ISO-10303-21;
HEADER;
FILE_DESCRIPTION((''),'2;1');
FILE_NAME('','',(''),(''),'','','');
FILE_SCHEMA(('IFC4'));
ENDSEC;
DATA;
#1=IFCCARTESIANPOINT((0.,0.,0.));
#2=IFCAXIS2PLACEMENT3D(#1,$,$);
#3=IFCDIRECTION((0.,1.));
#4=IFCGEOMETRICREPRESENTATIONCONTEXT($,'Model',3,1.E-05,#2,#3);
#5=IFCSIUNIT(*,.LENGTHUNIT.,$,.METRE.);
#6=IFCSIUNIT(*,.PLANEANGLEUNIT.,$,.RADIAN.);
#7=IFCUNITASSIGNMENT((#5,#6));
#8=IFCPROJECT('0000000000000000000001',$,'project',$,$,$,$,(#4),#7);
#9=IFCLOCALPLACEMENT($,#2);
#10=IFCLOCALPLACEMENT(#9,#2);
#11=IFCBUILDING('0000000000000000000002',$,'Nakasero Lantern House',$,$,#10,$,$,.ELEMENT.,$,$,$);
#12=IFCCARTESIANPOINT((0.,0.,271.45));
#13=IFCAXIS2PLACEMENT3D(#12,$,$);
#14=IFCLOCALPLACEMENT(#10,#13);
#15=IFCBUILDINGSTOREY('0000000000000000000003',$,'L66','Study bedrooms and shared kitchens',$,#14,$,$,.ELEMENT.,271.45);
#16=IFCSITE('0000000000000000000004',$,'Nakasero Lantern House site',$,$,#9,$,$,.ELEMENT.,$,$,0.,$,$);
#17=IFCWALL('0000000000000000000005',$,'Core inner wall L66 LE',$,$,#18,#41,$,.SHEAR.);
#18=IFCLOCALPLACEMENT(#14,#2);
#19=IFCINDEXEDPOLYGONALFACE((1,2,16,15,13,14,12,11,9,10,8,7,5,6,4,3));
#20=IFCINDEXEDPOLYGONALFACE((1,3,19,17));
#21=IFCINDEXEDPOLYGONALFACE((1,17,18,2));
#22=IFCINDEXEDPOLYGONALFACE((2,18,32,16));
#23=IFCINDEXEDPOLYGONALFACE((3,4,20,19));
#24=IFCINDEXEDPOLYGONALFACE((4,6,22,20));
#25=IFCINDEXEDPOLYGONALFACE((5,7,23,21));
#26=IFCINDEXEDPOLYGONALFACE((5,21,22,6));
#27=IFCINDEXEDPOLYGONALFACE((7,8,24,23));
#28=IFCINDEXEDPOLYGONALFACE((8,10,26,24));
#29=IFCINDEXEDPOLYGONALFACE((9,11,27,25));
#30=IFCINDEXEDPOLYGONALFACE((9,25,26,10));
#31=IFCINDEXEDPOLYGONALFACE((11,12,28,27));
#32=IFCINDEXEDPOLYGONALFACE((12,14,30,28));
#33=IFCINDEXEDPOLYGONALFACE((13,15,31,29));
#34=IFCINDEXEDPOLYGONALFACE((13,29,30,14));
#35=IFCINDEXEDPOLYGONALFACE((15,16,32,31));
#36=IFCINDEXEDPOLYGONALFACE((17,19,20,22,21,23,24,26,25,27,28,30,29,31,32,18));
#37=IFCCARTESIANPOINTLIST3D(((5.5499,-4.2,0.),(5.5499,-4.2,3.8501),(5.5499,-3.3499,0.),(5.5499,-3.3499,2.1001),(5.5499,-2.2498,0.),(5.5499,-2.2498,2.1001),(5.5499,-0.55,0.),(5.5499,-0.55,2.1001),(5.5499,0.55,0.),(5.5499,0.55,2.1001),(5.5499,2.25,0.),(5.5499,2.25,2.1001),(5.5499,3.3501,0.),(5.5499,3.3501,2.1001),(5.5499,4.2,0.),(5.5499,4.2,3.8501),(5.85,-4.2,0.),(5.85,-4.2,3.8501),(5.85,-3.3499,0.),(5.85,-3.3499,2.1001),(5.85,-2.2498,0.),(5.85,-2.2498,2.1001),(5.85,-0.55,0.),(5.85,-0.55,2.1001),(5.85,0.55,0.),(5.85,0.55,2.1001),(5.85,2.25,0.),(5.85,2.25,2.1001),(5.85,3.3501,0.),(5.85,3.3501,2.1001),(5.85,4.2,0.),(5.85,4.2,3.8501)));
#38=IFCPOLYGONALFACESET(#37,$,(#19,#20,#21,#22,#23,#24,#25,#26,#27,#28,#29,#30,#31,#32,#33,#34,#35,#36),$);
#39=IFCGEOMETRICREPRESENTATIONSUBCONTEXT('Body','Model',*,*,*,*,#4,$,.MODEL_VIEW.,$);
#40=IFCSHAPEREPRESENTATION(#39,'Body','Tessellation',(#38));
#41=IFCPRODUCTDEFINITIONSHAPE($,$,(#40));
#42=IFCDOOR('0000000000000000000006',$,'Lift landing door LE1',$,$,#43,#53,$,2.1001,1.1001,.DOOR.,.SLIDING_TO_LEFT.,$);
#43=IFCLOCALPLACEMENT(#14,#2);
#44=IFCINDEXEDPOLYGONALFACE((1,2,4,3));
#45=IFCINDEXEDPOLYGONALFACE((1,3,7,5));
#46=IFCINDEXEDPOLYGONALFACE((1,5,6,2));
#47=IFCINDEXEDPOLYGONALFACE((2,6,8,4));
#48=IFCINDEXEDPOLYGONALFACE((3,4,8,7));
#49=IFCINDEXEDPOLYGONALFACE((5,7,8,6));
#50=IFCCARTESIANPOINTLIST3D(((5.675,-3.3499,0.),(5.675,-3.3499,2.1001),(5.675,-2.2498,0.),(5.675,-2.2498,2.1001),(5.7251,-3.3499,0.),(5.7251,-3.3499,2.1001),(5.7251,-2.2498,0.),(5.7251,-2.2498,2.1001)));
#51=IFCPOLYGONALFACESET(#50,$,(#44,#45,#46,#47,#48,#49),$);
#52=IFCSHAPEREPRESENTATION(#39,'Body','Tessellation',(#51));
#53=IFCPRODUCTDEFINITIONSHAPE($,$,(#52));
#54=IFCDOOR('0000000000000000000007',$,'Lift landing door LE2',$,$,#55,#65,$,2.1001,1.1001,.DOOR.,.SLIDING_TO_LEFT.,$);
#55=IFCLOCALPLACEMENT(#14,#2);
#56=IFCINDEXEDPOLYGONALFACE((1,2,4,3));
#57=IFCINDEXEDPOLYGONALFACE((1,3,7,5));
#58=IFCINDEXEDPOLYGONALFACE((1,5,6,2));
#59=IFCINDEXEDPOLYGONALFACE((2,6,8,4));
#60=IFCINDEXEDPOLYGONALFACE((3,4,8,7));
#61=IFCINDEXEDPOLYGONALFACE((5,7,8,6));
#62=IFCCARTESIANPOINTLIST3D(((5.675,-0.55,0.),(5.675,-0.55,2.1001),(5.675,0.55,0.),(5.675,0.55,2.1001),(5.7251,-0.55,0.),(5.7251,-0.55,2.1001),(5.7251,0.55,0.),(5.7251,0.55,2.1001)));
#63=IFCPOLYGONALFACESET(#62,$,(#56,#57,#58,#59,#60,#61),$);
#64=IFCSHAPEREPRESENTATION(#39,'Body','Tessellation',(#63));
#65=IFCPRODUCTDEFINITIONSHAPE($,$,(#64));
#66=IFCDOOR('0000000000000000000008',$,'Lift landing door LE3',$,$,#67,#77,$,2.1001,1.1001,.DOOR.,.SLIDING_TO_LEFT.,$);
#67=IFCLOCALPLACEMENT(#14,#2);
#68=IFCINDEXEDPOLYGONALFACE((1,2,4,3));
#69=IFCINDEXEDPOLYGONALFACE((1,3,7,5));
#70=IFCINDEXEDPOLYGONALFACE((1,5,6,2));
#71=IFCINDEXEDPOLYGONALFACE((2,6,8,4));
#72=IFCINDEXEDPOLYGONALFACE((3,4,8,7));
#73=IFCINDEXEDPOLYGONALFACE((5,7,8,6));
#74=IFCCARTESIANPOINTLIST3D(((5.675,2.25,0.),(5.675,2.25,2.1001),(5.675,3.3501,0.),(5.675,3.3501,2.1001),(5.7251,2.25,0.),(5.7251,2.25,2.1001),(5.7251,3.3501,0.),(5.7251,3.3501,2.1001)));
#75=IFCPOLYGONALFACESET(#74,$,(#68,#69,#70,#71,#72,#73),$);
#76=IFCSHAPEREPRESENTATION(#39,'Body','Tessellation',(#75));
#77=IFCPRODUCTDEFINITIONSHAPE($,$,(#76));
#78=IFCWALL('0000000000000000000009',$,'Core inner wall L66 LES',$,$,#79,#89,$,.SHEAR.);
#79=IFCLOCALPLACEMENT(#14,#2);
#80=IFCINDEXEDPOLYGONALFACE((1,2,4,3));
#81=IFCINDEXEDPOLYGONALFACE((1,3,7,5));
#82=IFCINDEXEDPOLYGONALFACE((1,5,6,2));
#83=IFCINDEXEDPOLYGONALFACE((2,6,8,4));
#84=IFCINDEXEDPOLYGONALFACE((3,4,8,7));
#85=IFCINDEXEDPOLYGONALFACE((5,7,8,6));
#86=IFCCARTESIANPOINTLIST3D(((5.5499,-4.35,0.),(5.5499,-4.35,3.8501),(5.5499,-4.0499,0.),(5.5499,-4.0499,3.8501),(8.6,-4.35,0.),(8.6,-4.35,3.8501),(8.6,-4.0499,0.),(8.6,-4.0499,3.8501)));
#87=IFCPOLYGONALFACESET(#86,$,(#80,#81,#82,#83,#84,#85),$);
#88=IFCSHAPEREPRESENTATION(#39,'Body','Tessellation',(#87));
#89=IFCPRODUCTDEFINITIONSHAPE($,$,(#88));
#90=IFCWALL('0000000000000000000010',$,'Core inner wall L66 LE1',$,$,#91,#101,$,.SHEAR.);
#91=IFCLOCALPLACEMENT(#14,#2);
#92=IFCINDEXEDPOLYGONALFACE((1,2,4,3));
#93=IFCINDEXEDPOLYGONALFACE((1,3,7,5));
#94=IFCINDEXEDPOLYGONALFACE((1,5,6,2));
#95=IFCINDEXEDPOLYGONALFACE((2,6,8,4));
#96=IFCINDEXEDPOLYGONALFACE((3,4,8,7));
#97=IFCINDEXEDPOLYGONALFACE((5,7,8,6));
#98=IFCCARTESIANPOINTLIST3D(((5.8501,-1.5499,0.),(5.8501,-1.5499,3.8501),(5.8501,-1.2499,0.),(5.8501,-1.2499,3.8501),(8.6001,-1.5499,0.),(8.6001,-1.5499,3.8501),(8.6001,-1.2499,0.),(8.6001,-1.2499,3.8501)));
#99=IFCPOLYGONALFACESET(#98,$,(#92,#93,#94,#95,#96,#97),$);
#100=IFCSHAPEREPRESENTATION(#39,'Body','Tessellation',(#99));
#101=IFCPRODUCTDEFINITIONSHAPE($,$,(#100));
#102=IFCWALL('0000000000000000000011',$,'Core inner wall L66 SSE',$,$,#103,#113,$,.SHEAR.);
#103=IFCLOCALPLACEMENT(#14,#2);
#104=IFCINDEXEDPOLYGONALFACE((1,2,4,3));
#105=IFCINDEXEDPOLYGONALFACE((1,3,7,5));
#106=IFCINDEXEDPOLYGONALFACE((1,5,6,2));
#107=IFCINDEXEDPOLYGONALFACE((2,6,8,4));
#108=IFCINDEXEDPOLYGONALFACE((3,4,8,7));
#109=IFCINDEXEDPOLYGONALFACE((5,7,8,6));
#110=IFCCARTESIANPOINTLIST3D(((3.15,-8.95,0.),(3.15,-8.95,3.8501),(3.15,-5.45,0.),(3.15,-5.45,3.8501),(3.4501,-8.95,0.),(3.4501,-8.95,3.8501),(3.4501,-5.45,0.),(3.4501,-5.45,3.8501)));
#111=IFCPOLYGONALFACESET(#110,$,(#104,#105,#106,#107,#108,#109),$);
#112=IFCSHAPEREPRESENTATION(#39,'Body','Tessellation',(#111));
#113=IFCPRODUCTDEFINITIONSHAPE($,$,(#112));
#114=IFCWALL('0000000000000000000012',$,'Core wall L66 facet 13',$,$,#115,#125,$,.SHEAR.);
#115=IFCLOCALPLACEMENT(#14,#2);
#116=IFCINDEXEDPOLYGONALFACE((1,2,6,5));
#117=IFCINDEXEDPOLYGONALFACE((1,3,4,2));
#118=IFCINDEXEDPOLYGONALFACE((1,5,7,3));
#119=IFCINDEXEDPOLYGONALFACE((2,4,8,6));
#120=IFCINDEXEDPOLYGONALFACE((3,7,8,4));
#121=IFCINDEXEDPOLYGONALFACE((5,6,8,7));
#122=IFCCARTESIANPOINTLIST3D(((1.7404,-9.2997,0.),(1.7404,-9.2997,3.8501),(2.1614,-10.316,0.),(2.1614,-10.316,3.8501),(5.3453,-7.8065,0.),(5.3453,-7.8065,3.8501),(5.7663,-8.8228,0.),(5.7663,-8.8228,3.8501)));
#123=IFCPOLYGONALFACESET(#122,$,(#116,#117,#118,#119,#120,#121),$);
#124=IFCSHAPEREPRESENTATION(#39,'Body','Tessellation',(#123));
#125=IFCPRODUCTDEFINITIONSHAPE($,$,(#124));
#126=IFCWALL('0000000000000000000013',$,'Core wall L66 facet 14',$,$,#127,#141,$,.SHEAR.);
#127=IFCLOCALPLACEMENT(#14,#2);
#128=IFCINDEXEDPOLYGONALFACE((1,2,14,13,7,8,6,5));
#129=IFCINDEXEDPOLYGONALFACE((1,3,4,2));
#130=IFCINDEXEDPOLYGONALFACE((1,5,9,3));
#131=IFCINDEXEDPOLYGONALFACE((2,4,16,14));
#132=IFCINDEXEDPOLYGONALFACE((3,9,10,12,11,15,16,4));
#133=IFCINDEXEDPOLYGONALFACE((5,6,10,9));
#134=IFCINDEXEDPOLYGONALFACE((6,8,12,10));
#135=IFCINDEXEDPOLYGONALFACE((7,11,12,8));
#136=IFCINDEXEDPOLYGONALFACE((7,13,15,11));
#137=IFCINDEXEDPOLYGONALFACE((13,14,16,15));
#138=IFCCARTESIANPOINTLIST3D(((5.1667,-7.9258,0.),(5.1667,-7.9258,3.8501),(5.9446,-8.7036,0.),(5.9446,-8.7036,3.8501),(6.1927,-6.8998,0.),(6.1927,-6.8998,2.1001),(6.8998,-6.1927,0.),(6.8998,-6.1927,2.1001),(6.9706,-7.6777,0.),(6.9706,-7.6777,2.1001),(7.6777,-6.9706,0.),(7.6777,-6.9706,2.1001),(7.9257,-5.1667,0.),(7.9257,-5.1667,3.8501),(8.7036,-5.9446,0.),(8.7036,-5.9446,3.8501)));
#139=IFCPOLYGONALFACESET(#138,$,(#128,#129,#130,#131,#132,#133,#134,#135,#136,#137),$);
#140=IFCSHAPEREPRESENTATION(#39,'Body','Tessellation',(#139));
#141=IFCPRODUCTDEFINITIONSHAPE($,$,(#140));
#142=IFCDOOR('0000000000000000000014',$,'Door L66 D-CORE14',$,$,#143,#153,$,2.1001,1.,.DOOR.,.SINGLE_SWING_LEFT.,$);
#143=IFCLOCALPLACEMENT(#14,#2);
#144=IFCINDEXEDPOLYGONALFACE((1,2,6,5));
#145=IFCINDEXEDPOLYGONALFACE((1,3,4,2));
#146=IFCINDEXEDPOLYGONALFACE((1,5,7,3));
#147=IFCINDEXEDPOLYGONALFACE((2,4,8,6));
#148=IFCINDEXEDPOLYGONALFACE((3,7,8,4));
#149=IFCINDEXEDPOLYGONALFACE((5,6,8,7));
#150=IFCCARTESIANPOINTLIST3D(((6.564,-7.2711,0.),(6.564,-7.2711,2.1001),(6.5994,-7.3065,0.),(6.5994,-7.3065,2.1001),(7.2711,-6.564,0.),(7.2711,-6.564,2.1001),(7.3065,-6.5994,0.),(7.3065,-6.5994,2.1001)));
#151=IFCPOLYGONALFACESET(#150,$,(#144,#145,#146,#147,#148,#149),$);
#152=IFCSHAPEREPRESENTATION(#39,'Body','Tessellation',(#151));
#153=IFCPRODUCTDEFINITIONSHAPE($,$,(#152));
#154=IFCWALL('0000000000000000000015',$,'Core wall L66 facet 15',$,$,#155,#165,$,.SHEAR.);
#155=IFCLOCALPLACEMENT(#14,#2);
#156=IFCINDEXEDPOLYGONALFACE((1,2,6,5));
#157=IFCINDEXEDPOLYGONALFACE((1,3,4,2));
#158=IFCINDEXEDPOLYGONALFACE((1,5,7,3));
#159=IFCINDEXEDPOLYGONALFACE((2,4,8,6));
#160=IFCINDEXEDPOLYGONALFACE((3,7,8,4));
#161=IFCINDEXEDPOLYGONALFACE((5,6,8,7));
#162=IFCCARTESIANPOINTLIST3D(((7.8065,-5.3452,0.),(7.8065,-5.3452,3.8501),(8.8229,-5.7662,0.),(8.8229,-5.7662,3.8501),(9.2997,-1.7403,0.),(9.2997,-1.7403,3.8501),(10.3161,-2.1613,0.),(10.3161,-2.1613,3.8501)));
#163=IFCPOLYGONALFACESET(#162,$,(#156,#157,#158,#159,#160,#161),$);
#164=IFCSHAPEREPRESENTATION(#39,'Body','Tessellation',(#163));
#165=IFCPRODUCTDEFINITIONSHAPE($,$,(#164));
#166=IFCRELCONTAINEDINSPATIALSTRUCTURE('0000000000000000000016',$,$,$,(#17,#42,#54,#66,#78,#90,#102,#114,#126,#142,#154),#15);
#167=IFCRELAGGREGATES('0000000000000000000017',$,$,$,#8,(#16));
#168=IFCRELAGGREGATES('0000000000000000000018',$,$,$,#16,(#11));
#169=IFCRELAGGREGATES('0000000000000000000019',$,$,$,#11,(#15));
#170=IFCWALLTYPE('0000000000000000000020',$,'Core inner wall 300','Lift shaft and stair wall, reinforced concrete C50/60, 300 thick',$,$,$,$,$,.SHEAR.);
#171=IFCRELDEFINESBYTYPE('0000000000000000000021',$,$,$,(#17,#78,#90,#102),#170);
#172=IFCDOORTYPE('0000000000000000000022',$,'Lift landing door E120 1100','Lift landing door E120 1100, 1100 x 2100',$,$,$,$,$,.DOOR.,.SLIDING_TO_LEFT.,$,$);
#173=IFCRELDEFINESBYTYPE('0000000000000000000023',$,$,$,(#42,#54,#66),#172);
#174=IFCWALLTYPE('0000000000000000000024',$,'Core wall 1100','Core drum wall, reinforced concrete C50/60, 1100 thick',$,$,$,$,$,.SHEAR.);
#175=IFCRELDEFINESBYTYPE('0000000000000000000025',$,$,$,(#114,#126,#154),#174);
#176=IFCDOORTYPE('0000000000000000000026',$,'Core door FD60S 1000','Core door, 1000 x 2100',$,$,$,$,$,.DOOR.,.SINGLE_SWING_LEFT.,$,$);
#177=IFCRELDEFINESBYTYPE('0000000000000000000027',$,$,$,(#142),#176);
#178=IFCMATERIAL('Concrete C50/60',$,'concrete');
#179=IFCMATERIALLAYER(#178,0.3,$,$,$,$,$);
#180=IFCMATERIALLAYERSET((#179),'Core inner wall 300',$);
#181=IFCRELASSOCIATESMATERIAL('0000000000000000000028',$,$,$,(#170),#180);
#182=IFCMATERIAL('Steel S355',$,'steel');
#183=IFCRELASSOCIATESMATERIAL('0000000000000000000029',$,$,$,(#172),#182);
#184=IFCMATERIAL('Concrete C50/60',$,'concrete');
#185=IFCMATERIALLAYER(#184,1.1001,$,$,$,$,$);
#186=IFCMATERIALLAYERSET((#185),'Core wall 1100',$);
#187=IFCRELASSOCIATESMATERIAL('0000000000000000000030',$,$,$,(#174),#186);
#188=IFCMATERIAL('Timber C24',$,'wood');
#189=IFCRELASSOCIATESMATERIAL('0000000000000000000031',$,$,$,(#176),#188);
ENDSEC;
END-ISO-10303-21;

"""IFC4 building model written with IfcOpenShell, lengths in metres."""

from ifc_helpers import new_model, si_unit, direction, frame, frame_2d, origin, place, context, subcontext, project, spatial, rectangle, extrude, material, layer, layer_set, type_object, element, fill, save


model = new_model("IFC4")

# Units and contexts
model_context = context("Model", 3, precision=1e-05, world=origin(), true_north=direction((0.0, 1.0)))
body_context = subcontext(model_context, "Body", "Model", "MODEL_VIEW")
ifc_project = project(units=[si_unit("LENGTHUNIT", "METRE"), si_unit("PLANEANGLEUNIT", "RADIAN")], contexts=[model_context])

# Site, building, storey
site_placement = place(None, origin())
site = spatial("IfcSite", under=ifc_project, at=site_placement, Name="Nakasero Lantern House site", CompositionType="ELEMENT", RefElevation=0.0)
building_placement = place(site_placement, origin())
building = spatial("IfcBuilding", under=site, at=building_placement, Name="Nakasero Lantern House", CompositionType="ELEMENT")
storey_placement = place(building_placement, frame((0.0, 0.0, 271.45)))
storey = spatial("IfcBuildingStorey", under=building, at=storey_placement, Name="L66", Description="Study bedrooms and shared kitchens", CompositionType="ELEMENT", Elevation=271.45)

# Wall, openings, doors
ifc_material_1 = material(Name="Concrete C50/60", Category="concrete")
ifc_layer_1 = layer(ifc_material_1, 0.3)
ifc_layer_set_1 = layer_set([ifc_layer_1], Name="Core inner wall 300")
wall_type_1 = type_object("IfcWallType", Name="Core inner wall 300", Description="Lift shaft and stair wall, reinforced concrete C50/60, 300 thick", PredefinedType="SHEAR", material=ifc_layer_set_1)
wall_1_placement = place(storey_placement, frame((5.7, -4.2, 0.0), z_axis=(0.0, 0.0, 1.0), x_axis=(0.0, 1.0, 0.0)))
wall_1 = element("IfcWall", 1, at=wall_1_placement, inside=storey, type_object=wall_type_1, Name="Core inner wall L66 LE", PredefinedType="SHEAR", context=body_context, shape_type="SweptSolid", body=[
    extrude(rectangle(XDim=8.3999, YDim=0.3, at=frame_2d((4.2, 0.0))), origin(), (0.0, 0.0, 1.0), 3.8501),
])
opening_1_placement = place(wall_1_placement, frame((0.8501, 0.0, 0.0)))
opening_1 = element("IfcOpeningElement", 2, at=opening_1_placement, cuts=wall_1, PredefinedType="OPENING", context=body_context, shape_type="SweptSolid", body=[
    extrude(rectangle(XDim=1.1001, YDim=2.1001, at=frame_2d((0.55, 1.05))), frame((0.0, 0.1699, 0.0), z_axis=(0.0, -1.0, 0.0), x_axis=(1.0, 0.0, 0.0)), (0.0, 0.0, 1.0), 0.3401),
])
opening_2_placement = place(wall_1_placement, frame((3.6499, 0.0, 0.0)))
opening_2 = element("IfcOpeningElement", 3, at=opening_2_placement, cuts=wall_1, PredefinedType="OPENING", context=body_context, shape_type="SweptSolid", body=[
    extrude(rectangle(XDim=1.1001, YDim=2.1001, at=frame_2d((0.55, 1.05))), frame((0.0, 0.1699, 0.0), z_axis=(0.0, -1.0, 0.0), x_axis=(1.0, 0.0, 0.0)), (0.0, 0.0, 1.0), 0.3401),
])
opening_3_placement = place(wall_1_placement, frame((6.45, 0.0, 0.0)))
opening_3 = element("IfcOpeningElement", 4, at=opening_3_placement, cuts=wall_1, PredefinedType="OPENING", context=body_context, shape_type="SweptSolid", body=[
    extrude(rectangle(XDim=1.1001, YDim=2.1001, at=frame_2d((0.55, 1.05))), frame((0.0, 0.1699, 0.0), z_axis=(0.0, -1.0, 0.0), x_axis=(1.0, 0.0, 0.0)), (0.0, 0.0, 1.0), 0.3401),
])
ifc_material_2 = material(Name="Steel S355", Category="steel")
door_type_1 = type_object("IfcDoorType", Name="Lift landing door E120 1100", Description="Lift landing door E120 1100, 1100 x 2100", OperationType="SLIDING_TO_LEFT", PredefinedType="DOOR", material=ifc_material_2)
door_1_placement = place(opening_1_placement, origin())
door_1 = element("IfcDoor", 5, at=door_1_placement, inside=storey, type_object=door_type_1, Name="Lift landing door LE1", OperationType="SLIDING_TO_LEFT", OverallHeight=2.1001, OverallWidth=1.1001, PredefinedType="DOOR", context=body_context, shape_type="SweptSolid", body=[
    extrude(rectangle(XDim=1.1001, YDim=2.1001, at=frame_2d((0.55, 1.05))), frame((0.0, 0.0249, 0.0), z_axis=(0.0, -1.0, 0.0), x_axis=(1.0, 0.0, 0.0)), (0.0, 0.0, 1.0), 0.05),
])
fill(opening_1, door_1)
door_2_placement = place(opening_2_placement, origin())
door_2 = element("IfcDoor", 6, at=door_2_placement, inside=storey, type_object=door_type_1, Name="Lift landing door LE2", OperationType="SLIDING_TO_LEFT", OverallHeight=2.1001, OverallWidth=1.1001, PredefinedType="DOOR", context=body_context, shape_type="SweptSolid", body=[
    extrude(rectangle(XDim=1.1001, YDim=2.1001, at=frame_2d((0.55, 1.05))), frame((0.0, 0.0249, 0.0), z_axis=(0.0, -1.0, 0.0), x_axis=(1.0, 0.0, 0.0)), (0.0, 0.0, 1.0), 0.05),
])
fill(opening_2, door_2)
door_3_placement = place(opening_3_placement, origin())
door_3 = element("IfcDoor", 7, at=door_3_placement, inside=storey, type_object=door_type_1, Name="Lift landing door LE3", OperationType="SLIDING_TO_LEFT", OverallHeight=2.1001, OverallWidth=1.1001, PredefinedType="DOOR", context=body_context, shape_type="SweptSolid", body=[
    extrude(rectangle(XDim=1.1001, YDim=2.1001, at=frame_2d((0.55, 1.05))), frame((0.0, 0.0249, 0.0), z_axis=(0.0, -1.0, 0.0), x_axis=(1.0, 0.0, 0.0)), (0.0, 0.0, 1.0), 0.05),
])
fill(opening_3, door_3)

# Walls
wall_2_placement = place(storey_placement, frame((5.55, -4.2, 0.0), z_axis=(0.0, 0.0, 1.0), x_axis=(1.0, 0.0, 0.0)))
element("IfcWall", 8, at=wall_2_placement, inside=storey, type_object=wall_type_1, Name="Core inner wall L66 LES", PredefinedType="SHEAR", context=body_context, shape_type="SweptSolid", body=[
    extrude(rectangle(XDim=3.05, YDim=0.3, at=frame_2d((1.5249, 0.0))), origin(), (0.0, 0.0, 1.0), 3.8501),
])
wall_3_placement = place(storey_placement, frame((5.8501, -1.3999, 0.0), z_axis=(0.0, 0.0, 1.0), x_axis=(1.0, 0.0, 0.0)))
element("IfcWall", 9, at=wall_3_placement, inside=storey, type_object=wall_type_1, Name="Core inner wall L66 LE1", PredefinedType="SHEAR", context=body_context, shape_type="SweptSolid", body=[
    extrude(rectangle(XDim=2.75, YDim=0.3, at=frame_2d((1.375, 0.0))), origin(), (0.0, 0.0, 1.0), 3.8501),
])
wall_4_placement = place(storey_placement, frame((3.3, -5.45, 0.0), z_axis=(0.0, 0.0, 1.0), x_axis=(0.0, -1.0, 0.0)))
element("IfcWall", 10, at=wall_4_placement, inside=storey, type_object=wall_type_1, Name="Core inner wall L66 SSE", PredefinedType="SHEAR", context=body_context, shape_type="SweptSolid", body=[
    extrude(rectangle(XDim=3.5, YDim=0.3, at=frame_2d((1.75, 0.0))), origin(), (0.0, 0.0, 1.0), 3.8501),
])
ifc_material_3 = material(Name="Concrete C50/60", Category="concrete")
ifc_layer_2 = layer(ifc_material_3, 1.1001)
ifc_layer_set_2 = layer_set([ifc_layer_2], Name="Core wall 1100")
wall_type_2 = type_object("IfcWallType", Name="Core wall 1100", Description="Core drum wall, reinforced concrete C50/60, 1100 thick", PredefinedType="SHEAR", material=ifc_layer_set_2)
wall_5_placement = place(storey_placement, frame((1.9509, -9.8079, 0.0), z_axis=(0.0, 0.0, 1.0), x_axis=(0.923877, 0.382691, 0.0)))
element("IfcWall", 11, at=wall_5_placement, inside=storey, type_object=wall_type_2, Name="Core wall L66 facet 13", PredefinedType="SHEAR", context=body_context, shape_type="SweptSolid", body=[
    extrude(rectangle(XDim=3.9019, YDim=1.1001, at=frame_2d((1.9509, 0.0))), origin(), (0.0, 0.0, 1.0), 3.8501),
])

# Wall, opening, door
wall_6_placement = place(storey_placement, frame((5.5557, -8.3147, 0.0), z_axis=(0.0, 0.0, 1.0), x_axis=(0.707107, 0.707107, 0.0)))
wall_6 = element("IfcWall", 12, at=wall_6_placement, inside=storey, type_object=wall_type_2, Name="Core wall L66 facet 14", PredefinedType="SHEAR", context=body_context, shape_type="SweptSolid", body=[
    extrude(rectangle(XDim=3.9019, YDim=1.1001, at=frame_2d((1.9509, 0.0))), origin(), (0.0, 0.0, 1.0), 3.8501),
])
opening_4_placement = place(wall_6_placement, frame((1.4509, 0.0, 0.0)))
opening_4 = element("IfcOpeningElement", 13, at=opening_4_placement, cuts=wall_6, PredefinedType="OPENING", context=body_context, shape_type="SweptSolid", body=[
    extrude(rectangle(XDim=1.0, YDim=2.1001, at=frame_2d((0.5, 1.05))), frame((0.0, 0.5701, 0.0), z_axis=(0.0, -1.0, 0.0), x_axis=(1.0, 0.0, 0.0)), (0.0, 0.0, 1.0), 1.1401),
])
ifc_material_4 = material(Name="Timber C24", Category="wood")
door_type_2 = type_object("IfcDoorType", Name="Core door FD60S 1000", Description="Core door, 1000 x 2100", OperationType="SINGLE_SWING_LEFT", PredefinedType="DOOR", material=ifc_material_4)
door_4_placement = place(opening_4_placement, origin())
door_4 = element("IfcDoor", 14, at=door_4_placement, inside=storey, type_object=door_type_2, Name="Door L66 D-CORE14", OperationType="SINGLE_SWING_LEFT", OverallHeight=2.1001, OverallWidth=1.0, PredefinedType="DOOR", context=body_context, shape_type="SweptSolid", body=[
    extrude(rectangle(XDim=1.0, YDim=2.1001, at=frame_2d((0.5, 1.05))), frame((0.0, 0.0249, 0.0), z_axis=(0.0, -1.0, 0.0), x_axis=(1.0, 0.0, 0.0)), (0.0, 0.0, 1.0), 0.05),
])
fill(opening_4, door_4)

# Wall
wall_7_placement = place(storey_placement, frame((8.3147, -5.5557, 0.0), z_axis=(0.0, 0.0, 1.0), x_axis=(0.382691, 0.923877, 0.0)))
element("IfcWall", 15, at=wall_7_placement, inside=storey, type_object=wall_type_2, Name="Core wall L66 facet 15", PredefinedType="SHEAR", context=body_context, shape_type="SweptSolid", body=[
    extrude(rectangle(XDim=3.9019, YDim=1.1001, at=frame_2d((1.9509, 0.0))), origin(), (0.0, 0.0, 1.0), 3.8501),
])

save(model, "model.ifc")
